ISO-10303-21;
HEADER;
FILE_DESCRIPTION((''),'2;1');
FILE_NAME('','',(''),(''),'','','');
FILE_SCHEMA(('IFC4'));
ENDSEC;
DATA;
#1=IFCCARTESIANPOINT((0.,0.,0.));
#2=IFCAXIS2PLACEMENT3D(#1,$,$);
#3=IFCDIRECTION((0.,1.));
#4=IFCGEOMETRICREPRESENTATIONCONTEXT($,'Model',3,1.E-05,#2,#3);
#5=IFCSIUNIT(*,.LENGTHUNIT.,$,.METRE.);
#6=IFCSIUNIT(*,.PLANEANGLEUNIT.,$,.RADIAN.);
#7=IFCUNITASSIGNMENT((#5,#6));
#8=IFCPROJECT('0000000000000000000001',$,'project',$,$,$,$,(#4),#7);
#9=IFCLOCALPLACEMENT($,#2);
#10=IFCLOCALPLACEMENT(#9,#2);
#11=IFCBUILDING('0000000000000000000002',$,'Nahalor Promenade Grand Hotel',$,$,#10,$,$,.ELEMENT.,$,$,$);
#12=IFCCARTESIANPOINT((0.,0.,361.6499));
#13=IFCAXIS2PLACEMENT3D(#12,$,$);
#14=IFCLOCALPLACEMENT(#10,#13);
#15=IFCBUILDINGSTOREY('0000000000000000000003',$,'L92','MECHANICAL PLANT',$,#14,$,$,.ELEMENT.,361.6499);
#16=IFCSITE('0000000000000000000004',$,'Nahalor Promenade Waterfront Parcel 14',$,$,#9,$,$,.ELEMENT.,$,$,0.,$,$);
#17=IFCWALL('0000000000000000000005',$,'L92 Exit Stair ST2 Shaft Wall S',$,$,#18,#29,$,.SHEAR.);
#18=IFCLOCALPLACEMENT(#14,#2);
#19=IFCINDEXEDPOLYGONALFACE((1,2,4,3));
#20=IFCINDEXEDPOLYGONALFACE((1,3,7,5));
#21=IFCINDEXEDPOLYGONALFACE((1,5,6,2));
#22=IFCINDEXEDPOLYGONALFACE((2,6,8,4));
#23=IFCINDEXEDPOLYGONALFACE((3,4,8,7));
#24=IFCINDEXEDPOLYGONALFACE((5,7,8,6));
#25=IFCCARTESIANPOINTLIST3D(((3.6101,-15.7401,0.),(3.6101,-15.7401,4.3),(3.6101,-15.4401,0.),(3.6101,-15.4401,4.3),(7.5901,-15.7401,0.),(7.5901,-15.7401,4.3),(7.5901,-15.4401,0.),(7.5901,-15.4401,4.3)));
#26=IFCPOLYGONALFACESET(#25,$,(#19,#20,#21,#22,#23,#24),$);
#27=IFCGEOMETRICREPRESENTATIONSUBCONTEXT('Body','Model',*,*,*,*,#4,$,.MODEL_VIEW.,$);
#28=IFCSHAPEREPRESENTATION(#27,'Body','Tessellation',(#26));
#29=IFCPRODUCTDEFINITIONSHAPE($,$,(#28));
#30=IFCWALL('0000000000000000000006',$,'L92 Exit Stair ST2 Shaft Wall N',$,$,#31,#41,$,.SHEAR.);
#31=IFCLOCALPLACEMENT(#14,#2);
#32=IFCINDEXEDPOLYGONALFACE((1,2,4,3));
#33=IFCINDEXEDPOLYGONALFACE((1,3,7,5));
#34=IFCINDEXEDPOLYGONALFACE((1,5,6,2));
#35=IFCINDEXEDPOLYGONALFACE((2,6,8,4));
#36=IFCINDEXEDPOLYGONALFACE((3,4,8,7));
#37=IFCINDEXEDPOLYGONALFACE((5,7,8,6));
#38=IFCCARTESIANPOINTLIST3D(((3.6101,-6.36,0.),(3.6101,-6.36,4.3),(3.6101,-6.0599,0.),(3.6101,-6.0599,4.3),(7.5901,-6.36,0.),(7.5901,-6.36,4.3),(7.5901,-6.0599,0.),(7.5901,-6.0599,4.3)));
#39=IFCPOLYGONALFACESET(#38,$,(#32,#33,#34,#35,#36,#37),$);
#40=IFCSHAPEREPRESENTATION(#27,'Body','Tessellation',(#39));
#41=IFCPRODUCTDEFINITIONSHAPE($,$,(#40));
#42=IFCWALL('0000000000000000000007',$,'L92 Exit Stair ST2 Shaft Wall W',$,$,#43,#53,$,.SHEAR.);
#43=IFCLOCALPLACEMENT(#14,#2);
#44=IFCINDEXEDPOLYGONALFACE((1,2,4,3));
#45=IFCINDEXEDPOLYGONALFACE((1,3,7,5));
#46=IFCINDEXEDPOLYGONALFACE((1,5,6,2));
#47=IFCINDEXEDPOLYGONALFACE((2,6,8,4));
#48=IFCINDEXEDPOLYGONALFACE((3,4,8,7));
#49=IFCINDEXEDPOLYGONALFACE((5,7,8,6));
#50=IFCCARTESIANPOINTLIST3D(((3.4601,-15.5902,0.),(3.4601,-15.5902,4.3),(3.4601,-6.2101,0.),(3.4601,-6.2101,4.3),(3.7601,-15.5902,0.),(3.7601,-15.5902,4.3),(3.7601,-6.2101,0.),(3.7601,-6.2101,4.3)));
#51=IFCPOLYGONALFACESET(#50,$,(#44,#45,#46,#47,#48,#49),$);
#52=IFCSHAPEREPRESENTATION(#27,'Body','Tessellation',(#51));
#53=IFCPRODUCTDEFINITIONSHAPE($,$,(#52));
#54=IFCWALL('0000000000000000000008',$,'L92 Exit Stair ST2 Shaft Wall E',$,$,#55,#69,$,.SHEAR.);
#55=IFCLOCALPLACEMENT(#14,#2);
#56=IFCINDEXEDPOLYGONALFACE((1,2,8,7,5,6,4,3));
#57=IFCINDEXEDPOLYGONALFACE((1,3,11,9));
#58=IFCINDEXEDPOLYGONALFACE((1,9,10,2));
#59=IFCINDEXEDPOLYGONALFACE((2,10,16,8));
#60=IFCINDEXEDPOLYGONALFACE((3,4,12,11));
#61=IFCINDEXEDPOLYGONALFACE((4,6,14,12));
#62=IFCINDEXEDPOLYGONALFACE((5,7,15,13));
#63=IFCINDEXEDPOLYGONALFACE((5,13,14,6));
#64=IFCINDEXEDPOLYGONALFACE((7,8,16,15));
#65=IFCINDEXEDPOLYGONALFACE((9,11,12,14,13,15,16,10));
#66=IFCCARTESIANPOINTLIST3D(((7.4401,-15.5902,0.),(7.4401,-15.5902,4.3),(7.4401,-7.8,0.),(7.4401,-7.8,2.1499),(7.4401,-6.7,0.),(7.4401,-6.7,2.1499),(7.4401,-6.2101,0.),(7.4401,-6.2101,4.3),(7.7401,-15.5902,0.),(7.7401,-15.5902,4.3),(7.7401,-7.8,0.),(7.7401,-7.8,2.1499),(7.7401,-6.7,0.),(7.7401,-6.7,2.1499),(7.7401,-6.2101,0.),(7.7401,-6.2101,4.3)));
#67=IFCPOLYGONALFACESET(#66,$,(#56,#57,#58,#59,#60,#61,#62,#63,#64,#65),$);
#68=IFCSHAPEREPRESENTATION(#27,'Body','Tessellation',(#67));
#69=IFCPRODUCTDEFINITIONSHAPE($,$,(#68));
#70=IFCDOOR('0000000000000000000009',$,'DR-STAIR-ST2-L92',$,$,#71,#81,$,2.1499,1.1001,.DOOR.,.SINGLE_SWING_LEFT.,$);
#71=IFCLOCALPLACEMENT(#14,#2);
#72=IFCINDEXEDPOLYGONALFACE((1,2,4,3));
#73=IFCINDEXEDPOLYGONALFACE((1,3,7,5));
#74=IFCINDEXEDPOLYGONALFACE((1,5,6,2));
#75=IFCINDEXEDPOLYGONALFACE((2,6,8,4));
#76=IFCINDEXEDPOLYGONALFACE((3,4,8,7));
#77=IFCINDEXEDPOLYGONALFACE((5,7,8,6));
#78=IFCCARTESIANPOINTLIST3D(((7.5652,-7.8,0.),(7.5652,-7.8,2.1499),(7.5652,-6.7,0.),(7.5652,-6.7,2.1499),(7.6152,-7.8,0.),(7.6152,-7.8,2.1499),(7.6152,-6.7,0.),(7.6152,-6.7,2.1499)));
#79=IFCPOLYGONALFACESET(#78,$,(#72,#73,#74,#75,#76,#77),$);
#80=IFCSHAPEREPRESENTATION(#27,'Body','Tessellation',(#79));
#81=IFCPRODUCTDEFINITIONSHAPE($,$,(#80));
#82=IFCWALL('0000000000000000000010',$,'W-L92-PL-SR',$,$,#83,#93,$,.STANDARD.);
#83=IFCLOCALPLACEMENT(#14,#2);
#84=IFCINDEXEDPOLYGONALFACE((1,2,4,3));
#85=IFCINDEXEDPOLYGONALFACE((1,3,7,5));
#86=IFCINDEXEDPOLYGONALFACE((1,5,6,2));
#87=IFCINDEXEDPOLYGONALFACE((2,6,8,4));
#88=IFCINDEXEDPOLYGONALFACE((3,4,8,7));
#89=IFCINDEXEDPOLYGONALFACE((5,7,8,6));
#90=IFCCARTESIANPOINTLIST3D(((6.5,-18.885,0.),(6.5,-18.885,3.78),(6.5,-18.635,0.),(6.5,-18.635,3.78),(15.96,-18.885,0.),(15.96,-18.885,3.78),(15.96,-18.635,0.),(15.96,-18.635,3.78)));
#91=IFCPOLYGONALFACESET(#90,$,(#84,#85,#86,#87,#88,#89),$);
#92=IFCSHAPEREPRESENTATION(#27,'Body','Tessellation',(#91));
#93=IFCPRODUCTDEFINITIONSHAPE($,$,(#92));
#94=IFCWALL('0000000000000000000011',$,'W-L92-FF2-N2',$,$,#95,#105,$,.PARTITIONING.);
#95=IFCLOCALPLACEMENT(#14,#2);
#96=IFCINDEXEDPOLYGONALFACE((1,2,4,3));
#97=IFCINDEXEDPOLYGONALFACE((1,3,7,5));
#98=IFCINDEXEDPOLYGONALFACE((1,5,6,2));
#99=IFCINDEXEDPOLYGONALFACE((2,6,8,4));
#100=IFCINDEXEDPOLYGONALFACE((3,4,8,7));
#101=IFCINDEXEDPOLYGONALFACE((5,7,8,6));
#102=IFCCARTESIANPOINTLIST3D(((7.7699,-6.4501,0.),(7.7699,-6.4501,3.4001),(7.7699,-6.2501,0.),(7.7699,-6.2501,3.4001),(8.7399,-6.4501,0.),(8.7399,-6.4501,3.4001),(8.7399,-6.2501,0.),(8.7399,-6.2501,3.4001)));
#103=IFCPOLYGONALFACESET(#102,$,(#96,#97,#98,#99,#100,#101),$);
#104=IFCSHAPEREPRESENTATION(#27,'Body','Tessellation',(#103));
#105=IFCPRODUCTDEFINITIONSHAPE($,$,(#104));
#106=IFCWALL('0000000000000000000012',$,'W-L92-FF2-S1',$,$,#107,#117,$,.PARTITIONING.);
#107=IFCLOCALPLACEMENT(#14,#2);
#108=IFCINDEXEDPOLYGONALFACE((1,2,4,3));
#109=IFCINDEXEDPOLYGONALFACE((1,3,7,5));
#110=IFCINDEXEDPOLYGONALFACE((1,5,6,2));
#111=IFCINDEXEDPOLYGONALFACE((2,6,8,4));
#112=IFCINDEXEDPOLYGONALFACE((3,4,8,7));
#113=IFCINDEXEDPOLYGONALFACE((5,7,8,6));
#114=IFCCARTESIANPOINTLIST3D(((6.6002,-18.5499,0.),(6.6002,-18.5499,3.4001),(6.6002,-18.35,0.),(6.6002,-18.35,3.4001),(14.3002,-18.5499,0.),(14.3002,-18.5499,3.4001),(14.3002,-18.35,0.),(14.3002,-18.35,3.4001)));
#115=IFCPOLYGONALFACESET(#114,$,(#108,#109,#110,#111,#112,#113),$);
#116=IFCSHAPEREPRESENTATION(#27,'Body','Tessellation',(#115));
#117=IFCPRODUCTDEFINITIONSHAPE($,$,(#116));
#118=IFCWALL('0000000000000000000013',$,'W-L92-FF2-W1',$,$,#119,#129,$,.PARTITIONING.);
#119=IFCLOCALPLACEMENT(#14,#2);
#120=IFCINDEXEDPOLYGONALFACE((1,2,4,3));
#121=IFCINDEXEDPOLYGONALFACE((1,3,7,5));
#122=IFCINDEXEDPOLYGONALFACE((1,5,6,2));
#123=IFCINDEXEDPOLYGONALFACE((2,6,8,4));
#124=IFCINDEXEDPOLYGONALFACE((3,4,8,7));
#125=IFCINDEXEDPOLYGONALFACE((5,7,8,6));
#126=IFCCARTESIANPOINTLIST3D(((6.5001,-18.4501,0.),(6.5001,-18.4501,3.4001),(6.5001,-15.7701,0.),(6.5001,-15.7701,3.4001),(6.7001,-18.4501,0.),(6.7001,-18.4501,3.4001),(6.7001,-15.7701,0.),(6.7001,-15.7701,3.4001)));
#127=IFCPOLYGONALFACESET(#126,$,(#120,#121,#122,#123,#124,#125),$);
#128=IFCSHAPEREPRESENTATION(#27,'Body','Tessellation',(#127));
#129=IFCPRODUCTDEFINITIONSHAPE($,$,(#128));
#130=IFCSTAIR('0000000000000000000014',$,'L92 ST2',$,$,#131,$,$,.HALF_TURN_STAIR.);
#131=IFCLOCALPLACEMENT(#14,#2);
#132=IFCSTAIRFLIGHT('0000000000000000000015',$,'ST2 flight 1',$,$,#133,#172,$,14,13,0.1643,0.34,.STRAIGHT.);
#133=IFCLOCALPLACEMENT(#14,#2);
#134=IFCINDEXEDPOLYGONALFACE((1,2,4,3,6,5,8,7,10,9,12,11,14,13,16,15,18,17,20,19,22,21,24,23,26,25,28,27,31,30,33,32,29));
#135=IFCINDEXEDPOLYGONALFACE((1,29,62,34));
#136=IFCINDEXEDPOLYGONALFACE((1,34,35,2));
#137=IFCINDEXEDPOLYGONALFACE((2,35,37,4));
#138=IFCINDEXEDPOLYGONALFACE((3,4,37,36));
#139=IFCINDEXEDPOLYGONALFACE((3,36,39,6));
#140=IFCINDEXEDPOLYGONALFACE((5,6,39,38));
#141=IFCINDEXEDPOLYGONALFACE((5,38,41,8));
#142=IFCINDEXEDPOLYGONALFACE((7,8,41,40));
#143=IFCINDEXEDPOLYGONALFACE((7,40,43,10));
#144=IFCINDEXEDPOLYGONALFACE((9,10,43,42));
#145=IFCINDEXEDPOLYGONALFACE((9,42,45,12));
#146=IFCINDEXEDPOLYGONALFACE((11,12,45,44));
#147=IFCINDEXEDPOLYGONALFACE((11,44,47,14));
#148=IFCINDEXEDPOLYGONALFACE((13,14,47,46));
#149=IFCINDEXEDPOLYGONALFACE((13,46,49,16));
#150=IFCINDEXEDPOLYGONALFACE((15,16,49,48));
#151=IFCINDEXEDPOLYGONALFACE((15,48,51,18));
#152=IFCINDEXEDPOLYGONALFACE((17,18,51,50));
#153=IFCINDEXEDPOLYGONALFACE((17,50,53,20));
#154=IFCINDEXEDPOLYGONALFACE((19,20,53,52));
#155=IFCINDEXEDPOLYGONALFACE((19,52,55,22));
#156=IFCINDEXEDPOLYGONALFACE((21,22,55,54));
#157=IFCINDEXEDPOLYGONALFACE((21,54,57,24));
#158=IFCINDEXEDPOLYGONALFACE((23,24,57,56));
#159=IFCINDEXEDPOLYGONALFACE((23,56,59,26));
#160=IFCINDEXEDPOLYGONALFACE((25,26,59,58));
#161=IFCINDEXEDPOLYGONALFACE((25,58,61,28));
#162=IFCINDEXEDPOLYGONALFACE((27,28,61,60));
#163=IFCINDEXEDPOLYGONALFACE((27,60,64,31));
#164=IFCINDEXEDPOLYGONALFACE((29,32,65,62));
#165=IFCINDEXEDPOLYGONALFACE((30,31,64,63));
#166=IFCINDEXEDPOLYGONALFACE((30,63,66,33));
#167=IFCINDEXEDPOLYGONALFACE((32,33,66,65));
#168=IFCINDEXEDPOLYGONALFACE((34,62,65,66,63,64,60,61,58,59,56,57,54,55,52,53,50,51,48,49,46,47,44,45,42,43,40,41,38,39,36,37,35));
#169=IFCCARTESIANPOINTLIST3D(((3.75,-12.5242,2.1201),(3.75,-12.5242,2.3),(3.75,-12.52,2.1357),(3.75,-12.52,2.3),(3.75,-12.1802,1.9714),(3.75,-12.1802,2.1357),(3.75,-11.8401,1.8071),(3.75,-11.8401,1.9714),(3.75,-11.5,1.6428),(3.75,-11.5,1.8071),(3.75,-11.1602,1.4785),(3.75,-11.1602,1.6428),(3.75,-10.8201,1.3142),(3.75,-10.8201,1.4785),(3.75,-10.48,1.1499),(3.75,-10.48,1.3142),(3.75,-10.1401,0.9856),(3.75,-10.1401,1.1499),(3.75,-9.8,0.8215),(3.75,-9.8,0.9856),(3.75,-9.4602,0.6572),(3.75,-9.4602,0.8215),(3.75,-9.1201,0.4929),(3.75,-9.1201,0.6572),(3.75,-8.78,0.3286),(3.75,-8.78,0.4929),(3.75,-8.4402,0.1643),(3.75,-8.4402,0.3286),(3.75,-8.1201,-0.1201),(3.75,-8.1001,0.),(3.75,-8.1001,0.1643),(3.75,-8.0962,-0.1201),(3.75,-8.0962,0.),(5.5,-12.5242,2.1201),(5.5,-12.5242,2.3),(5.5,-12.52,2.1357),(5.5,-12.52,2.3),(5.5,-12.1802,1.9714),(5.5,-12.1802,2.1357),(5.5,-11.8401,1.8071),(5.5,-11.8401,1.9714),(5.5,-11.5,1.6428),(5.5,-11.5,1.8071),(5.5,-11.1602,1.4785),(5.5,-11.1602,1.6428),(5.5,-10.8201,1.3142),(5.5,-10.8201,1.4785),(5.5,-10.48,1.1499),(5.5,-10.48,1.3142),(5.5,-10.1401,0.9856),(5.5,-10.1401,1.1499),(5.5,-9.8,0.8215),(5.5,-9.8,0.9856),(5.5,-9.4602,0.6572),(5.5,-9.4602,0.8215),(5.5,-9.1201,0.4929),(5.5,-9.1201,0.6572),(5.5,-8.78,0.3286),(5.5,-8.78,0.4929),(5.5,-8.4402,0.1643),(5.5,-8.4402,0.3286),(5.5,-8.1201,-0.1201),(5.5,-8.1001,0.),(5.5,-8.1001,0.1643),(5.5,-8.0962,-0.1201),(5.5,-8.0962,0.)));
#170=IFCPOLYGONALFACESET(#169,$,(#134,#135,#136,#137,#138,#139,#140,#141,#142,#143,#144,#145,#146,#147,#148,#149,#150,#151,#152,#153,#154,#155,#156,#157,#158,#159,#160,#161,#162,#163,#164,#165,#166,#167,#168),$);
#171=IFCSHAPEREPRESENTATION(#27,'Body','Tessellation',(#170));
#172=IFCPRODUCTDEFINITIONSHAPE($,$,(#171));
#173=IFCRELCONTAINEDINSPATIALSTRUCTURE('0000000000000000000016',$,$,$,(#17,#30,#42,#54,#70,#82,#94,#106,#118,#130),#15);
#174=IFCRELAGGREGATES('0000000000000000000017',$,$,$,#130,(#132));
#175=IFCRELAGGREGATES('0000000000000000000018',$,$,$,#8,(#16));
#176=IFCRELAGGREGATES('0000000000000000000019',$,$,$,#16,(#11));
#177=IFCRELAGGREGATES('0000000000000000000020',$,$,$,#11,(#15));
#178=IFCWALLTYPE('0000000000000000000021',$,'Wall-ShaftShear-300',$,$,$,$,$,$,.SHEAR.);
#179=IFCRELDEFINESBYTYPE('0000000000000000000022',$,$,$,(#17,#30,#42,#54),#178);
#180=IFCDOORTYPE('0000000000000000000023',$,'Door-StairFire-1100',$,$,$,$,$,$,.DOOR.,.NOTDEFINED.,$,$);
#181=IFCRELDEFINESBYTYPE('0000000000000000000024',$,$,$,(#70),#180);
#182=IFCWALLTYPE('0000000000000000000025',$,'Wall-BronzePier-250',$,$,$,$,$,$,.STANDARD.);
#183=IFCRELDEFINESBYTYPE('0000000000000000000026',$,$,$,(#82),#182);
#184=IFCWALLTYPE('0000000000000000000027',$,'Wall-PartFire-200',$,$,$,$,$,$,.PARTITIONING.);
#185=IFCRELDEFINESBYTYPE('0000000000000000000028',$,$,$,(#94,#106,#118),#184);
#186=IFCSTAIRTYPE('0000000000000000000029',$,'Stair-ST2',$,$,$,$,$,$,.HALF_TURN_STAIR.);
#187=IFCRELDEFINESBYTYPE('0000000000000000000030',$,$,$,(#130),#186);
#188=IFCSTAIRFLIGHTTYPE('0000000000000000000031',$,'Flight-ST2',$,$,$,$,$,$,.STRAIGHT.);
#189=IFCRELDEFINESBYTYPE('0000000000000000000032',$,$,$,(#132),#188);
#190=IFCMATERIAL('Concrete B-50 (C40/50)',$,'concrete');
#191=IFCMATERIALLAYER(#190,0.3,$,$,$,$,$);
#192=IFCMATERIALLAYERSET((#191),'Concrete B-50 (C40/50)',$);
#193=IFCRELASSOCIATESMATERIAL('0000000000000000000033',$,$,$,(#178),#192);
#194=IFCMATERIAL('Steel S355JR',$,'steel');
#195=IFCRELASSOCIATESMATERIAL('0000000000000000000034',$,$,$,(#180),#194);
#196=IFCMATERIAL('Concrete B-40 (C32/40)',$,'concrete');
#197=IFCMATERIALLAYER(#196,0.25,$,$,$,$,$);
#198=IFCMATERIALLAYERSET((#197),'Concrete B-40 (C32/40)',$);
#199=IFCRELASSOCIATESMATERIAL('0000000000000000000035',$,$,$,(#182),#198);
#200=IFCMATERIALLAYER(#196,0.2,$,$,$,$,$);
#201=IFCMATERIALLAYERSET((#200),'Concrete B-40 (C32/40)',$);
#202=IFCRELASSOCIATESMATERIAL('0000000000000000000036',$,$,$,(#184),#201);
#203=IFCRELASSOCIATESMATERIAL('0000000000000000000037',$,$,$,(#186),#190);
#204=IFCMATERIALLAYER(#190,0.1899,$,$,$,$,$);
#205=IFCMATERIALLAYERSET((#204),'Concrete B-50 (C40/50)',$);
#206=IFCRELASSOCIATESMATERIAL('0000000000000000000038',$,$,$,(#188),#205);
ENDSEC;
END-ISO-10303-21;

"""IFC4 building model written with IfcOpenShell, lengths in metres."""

from ifc_helpers import new_model, si_unit, direction, frame, frame_2d, origin, place, context, subcontext, project, spatial, polyline, rectangle, outline, extrude, source, transform, mapped, material, layer, layer_set, type_object, element, fill, aggregate, save


model = new_model("IFC4")

# Units and contexts
model_context = context("Model", 3, precision=1e-05, world=origin(), true_north=direction((0.0, 1.0)))
body_context = subcontext(model_context, "Body", "Model", "MODEL_VIEW")
ifc_project = project(units=[si_unit("LENGTHUNIT", "METRE"), si_unit("PLANEANGLEUNIT", "RADIAN")], contexts=[model_context])

# Site, building, storey
site_placement = place(None, origin())
site = spatial("IfcSite", under=ifc_project, at=site_placement, Name="Nahalor Promenade Waterfront Parcel 14", CompositionType="ELEMENT", RefElevation=0.0)
building_placement = place(site_placement, origin())
building = spatial("IfcBuilding", under=site, at=building_placement, Name="Nahalor Promenade Grand Hotel", CompositionType="ELEMENT")
storey_placement = place(building_placement, frame((0.0, 0.0, 361.6499)))
storey = spatial("IfcBuildingStorey", under=building, at=storey_placement, Name="L92", Description="MECHANICAL PLANT", CompositionType="ELEMENT", Elevation=361.6499)

# Shared definitions
ifc_material_1 = material(Name="Concrete B-50 (C40/50)", Category="concrete")

# Shared definitions
ifc_material_2 = material(Name="Steel S355JR", Category="steel")

# Walls
ifc_layer_1 = layer(ifc_material_1, 0.3)
ifc_layer_set_1 = layer_set([ifc_layer_1], Name="Concrete B-50 (C40/50)")
wall_type_1 = type_object("IfcWallType", Name="Wall-ShaftShear-300", PredefinedType="SHEAR", material=ifc_layer_set_1)
shared_shape_1 = source(origin(), body_context, "Body", "SweptSolid", [
    extrude(rectangle(XDim=3.98, YDim=0.3, at=frame_2d((1.99, 0.0))), origin(), (0.0, 0.0, 1.0), 4.3),
])
for number, where, z_axis, x_axis, name in (
    (1, (3.6101, -15.5901, 0.0), (0.0, 0.0, 1.0), (1.0, 0.0, 0.0), "L92 Exit Stair ST2 Shaft Wall S"),
    (2, (3.6101, -6.21, 0.0), (0.0, 0.0, 1.0), (1.0, 0.0, 0.0), "L92 Exit Stair ST2 Shaft Wall N"),
):
    element("IfcWall", number, at=place(storey_placement, frame(where, z_axis=z_axis, x_axis=x_axis)), inside=storey, type_object=wall_type_1, Name=name, PredefinedType="SHEAR", context=body_context, shape_type="MappedRepresentation", body=[
        mapped(shared_shape_1, transform((0.0, 0.0, 0.0), scale=1.0)),
    ])
shared_shape_2 = source(origin(), body_context, "Body", "SweptSolid", [
    extrude(rectangle(XDim=9.3801, YDim=0.3, at=frame_2d((4.6899, 0.0))), origin(), (0.0, 0.0, 1.0), 4.3),
])
wall_1_placement = place(storey_placement, frame((3.6101, -15.5901, 0.0), z_axis=(0.0, 0.0, 1.0), x_axis=(0.0, 1.0, 0.0)))
element("IfcWall", 3, at=wall_1_placement, inside=storey, type_object=wall_type_1, Name="L92 Exit Stair ST2 Shaft Wall W", PredefinedType="SHEAR", context=body_context, shape_type="MappedRepresentation", body=[
    mapped(shared_shape_2, transform((0.0, 0.0, 0.0), scale=1.0)),
])

# Wall, opening, door
wall_2_placement = place(storey_placement, frame((7.5901, -15.5901, 0.0), z_axis=(0.0, 0.0, 1.0), x_axis=(0.0, 1.0, 0.0)))
wall_2 = element("IfcWall", 4, at=wall_2_placement, inside=storey, type_object=wall_type_1, Name="L92 Exit Stair ST2 Shaft Wall E", PredefinedType="SHEAR", context=body_context, shape_type="MappedRepresentation", body=[
    mapped(shared_shape_2, transform((0.0, 0.0, 0.0), scale=1.0)),
])
opening_placement = place(wall_2_placement, frame((7.79, 0.0, 0.0)))
opening = element("IfcOpeningElement", 5, at=opening_placement, cuts=wall_2, PredefinedType="OPENING", context=body_context, shape_type="SweptSolid", body=[
    extrude(rectangle(XDim=1.1001, YDim=2.1499, at=frame_2d((0.55, 1.075))), frame((0.0, 0.1599, 0.0), z_axis=(0.0, -1.0, 0.0), x_axis=(1.0, 0.0, 0.0)), (0.0, 0.0, 1.0), 0.3201),
])
door_type = type_object("IfcDoorType", Name="Door-StairFire-1100", OperationType="NOTDEFINED", PredefinedType="DOOR", material=ifc_material_2)
shared_shape_3 = source(origin(), body_context, "Body", "SweptSolid", [
    extrude(rectangle(XDim=1.1001, YDim=2.1499, at=frame_2d((0.55, 1.075))), frame((0.0, 0.0249, 0.0), z_axis=(0.0, -1.0, 0.0), x_axis=(1.0, 0.0, 0.0)), (0.0, 0.0, 1.0), 0.05),
])
door_placement = place(opening_placement, origin())
door = element("IfcDoor", 6, at=door_placement, inside=storey, type_object=door_type, Name="DR-STAIR-ST2-L92", OperationType="SINGLE_SWING_LEFT", OverallHeight=2.1499, OverallWidth=1.1001, PredefinedType="DOOR", context=body_context, shape_type="MappedRepresentation", body=[
    mapped(shared_shape_3, transform((0.0, 0.0, 0.0), scale=1.0)),
])
fill(opening, door)

# Walls
ifc_material_3 = material(Name="Concrete B-40 (C32/40)", Category="concrete")
ifc_layer_2 = layer(ifc_material_3, 0.25)
ifc_layer_set_2 = layer_set([ifc_layer_2], Name="Concrete B-40 (C32/40)")
wall_type_2 = type_object("IfcWallType", Name="Wall-BronzePier-250", PredefinedType="STANDARD", material=ifc_layer_set_2)
shared_shape_4 = source(origin(), body_context, "Body", "SweptSolid", [
    extrude(rectangle(XDim=9.46, YDim=0.25, at=frame_2d((4.73, 0.0))), origin(), (0.0, 0.0, 1.0), 3.78),
])
wall_3_placement = place(storey_placement, frame((6.5, -18.76, 0.0), z_axis=(0.0, 0.0, 1.0), x_axis=(1.0, 0.0, 0.0)))
element("IfcWall", 7, at=wall_3_placement, inside=storey, type_object=wall_type_2, Name="W-L92-PL-SR", PredefinedType="STANDARD", context=body_context, shape_type="MappedRepresentation", body=[
    mapped(shared_shape_4, transform((0.0, 0.0, 0.0), scale=1.0)),
])
ifc_layer_3 = layer(ifc_material_3, 0.2)
ifc_layer_set_3 = layer_set([ifc_layer_3], Name="Concrete B-40 (C32/40)")
wall_type_3 = type_object("IfcWallType", Name="Wall-PartFire-200", PredefinedType="PARTITIONING", material=ifc_layer_set_3)
shared_shape_5 = source(origin(), body_context, "Body", "SweptSolid", [
    extrude(rectangle(XDim=0.97, YDim=0.2, at=frame_2d((0.4849, 0.0))), origin(), (0.0, 0.0, 1.0), 3.4001),
])
wall_4_placement = place(storey_placement, frame((7.77, -6.3501, 0.0), z_axis=(0.0, 0.0, 1.0), x_axis=(1.0, 0.0, 0.0)))
element("IfcWall", 8, at=wall_4_placement, inside=storey, type_object=wall_type_3, Name="W-L92-FF2-N2", PredefinedType="PARTITIONING", context=body_context, shape_type="MappedRepresentation", body=[
    mapped(shared_shape_5, transform((0.0, 0.0, 0.0), scale=1.0)),
])
shared_shape_6 = source(origin(), body_context, "Body", "SweptSolid", [
    extrude(rectangle(XDim=7.7, YDim=0.2, at=frame_2d((3.8501, 0.0))), origin(), (0.0, 0.0, 1.0), 3.4001),
])
wall_5_placement = place(storey_placement, frame((6.6001, -18.45, 0.0), z_axis=(0.0, 0.0, 1.0), x_axis=(1.0, 0.0, 0.0)))
element("IfcWall", 9, at=wall_5_placement, inside=storey, type_object=wall_type_3, Name="W-L92-FF2-S1", PredefinedType="PARTITIONING", context=body_context, shape_type="MappedRepresentation", body=[
    mapped(shared_shape_6, transform((0.0, 0.0, 0.0), scale=1.0)),
])
shared_shape_7 = source(origin(), body_context, "Body", "SweptSolid", [
    extrude(rectangle(XDim=2.6799, YDim=0.2, at=frame_2d((1.3398, 0.0))), origin(), (0.0, 0.0, 1.0), 3.4001),
])
wall_6_placement = place(storey_placement, frame((6.6001, -18.45, 0.0), z_axis=(0.0, 0.0, 1.0), x_axis=(0.0, 1.0, 0.0)))
element("IfcWall", 10, at=wall_6_placement, inside=storey, type_object=wall_type_3, Name="W-L92-FF2-W1", PredefinedType="PARTITIONING", context=body_context, shape_type="MappedRepresentation", body=[
    mapped(shared_shape_7, transform((0.0, 0.0, 0.0), scale=1.0)),
])

# Stair, stair flight
stair_type = type_object("IfcStairType", Name="Stair-ST2", PredefinedType="HALF_TURN_STAIR", material=ifc_material_1)
stair_placement = place(storey_placement, origin())
stair = element("IfcStair", 11, at=stair_placement, inside=storey, type_object=stair_type, Name="L92 ST2", PredefinedType="HALF_TURN_STAIR")
ifc_layer_4 = layer(ifc_material_1, 0.1899)
ifc_layer_set_4 = layer_set([ifc_layer_4], Name="Concrete B-50 (C40/50)")
stair_flight_type = type_object("IfcStairFlightType", Name="Flight-ST2", PredefinedType="STRAIGHT", material=ifc_layer_set_4)
shared_shape_8 = source(origin(), body_context, "Body", "SweptSolid", [
    extrude(outline(polyline([(-0.0039, -0.1201), (-0.0039, 0.0), (0.0, 0.0), (0.0, 0.1643), (0.3401, 0.1643), (0.3401, 0.3286), (0.6799, 0.3286), (0.6799, 0.4929), (1.02, 0.4929), (1.02, 0.6572), (1.3601, 0.6572), (1.3601, 0.8215), (1.7, 0.8215), (1.7, 0.9856), (2.04, 0.9856), (2.04, 1.1499), (2.3799, 1.1499), (2.3799, 1.3142), (2.72, 1.3142), (2.72, 1.4785), (3.0601, 1.4785), (3.0601, 1.6428), (3.3999, 1.6428), (3.3999, 1.8071), (3.74, 1.8071), (3.74, 1.9714), (4.0801, 1.9714), (4.0801, 2.1357), (4.4199, 2.1357), (4.4199, 2.3), (4.4241, 2.3), (4.4241, 2.1201), (0.02, -0.1201), (-0.0039, -0.1201)])), frame((0.0, 0.875, 0.0), z_axis=(0.0, -1.0, 0.0), x_axis=(1.0, 0.0, 0.0)), (0.0, 0.0, 1.0), 1.75),
])
stair_flight_1_placement = place(storey_placement, frame((4.625, -8.1001, 0.0), z_axis=(0.0, 0.0, 1.0), x_axis=(0.0, -1.0, 0.0)))
stair_flight_1 = element("IfcStairFlight", 12, at=stair_flight_1_placement, type_object=stair_flight_type, Name="ST2 flight 1", NumberOfRisers=14, NumberOfTreads=13, PredefinedType="STRAIGHT", RiserHeight=0.1643, TreadLength=0.34, context=body_context, shape_type="MappedRepresentation", body=[
    mapped(shared_shape_8, transform((0.0, 0.0, 0.0), scale=1.0)),
])
aggregate(stair, [stair_flight_1])

save(model, "model.ifc")
